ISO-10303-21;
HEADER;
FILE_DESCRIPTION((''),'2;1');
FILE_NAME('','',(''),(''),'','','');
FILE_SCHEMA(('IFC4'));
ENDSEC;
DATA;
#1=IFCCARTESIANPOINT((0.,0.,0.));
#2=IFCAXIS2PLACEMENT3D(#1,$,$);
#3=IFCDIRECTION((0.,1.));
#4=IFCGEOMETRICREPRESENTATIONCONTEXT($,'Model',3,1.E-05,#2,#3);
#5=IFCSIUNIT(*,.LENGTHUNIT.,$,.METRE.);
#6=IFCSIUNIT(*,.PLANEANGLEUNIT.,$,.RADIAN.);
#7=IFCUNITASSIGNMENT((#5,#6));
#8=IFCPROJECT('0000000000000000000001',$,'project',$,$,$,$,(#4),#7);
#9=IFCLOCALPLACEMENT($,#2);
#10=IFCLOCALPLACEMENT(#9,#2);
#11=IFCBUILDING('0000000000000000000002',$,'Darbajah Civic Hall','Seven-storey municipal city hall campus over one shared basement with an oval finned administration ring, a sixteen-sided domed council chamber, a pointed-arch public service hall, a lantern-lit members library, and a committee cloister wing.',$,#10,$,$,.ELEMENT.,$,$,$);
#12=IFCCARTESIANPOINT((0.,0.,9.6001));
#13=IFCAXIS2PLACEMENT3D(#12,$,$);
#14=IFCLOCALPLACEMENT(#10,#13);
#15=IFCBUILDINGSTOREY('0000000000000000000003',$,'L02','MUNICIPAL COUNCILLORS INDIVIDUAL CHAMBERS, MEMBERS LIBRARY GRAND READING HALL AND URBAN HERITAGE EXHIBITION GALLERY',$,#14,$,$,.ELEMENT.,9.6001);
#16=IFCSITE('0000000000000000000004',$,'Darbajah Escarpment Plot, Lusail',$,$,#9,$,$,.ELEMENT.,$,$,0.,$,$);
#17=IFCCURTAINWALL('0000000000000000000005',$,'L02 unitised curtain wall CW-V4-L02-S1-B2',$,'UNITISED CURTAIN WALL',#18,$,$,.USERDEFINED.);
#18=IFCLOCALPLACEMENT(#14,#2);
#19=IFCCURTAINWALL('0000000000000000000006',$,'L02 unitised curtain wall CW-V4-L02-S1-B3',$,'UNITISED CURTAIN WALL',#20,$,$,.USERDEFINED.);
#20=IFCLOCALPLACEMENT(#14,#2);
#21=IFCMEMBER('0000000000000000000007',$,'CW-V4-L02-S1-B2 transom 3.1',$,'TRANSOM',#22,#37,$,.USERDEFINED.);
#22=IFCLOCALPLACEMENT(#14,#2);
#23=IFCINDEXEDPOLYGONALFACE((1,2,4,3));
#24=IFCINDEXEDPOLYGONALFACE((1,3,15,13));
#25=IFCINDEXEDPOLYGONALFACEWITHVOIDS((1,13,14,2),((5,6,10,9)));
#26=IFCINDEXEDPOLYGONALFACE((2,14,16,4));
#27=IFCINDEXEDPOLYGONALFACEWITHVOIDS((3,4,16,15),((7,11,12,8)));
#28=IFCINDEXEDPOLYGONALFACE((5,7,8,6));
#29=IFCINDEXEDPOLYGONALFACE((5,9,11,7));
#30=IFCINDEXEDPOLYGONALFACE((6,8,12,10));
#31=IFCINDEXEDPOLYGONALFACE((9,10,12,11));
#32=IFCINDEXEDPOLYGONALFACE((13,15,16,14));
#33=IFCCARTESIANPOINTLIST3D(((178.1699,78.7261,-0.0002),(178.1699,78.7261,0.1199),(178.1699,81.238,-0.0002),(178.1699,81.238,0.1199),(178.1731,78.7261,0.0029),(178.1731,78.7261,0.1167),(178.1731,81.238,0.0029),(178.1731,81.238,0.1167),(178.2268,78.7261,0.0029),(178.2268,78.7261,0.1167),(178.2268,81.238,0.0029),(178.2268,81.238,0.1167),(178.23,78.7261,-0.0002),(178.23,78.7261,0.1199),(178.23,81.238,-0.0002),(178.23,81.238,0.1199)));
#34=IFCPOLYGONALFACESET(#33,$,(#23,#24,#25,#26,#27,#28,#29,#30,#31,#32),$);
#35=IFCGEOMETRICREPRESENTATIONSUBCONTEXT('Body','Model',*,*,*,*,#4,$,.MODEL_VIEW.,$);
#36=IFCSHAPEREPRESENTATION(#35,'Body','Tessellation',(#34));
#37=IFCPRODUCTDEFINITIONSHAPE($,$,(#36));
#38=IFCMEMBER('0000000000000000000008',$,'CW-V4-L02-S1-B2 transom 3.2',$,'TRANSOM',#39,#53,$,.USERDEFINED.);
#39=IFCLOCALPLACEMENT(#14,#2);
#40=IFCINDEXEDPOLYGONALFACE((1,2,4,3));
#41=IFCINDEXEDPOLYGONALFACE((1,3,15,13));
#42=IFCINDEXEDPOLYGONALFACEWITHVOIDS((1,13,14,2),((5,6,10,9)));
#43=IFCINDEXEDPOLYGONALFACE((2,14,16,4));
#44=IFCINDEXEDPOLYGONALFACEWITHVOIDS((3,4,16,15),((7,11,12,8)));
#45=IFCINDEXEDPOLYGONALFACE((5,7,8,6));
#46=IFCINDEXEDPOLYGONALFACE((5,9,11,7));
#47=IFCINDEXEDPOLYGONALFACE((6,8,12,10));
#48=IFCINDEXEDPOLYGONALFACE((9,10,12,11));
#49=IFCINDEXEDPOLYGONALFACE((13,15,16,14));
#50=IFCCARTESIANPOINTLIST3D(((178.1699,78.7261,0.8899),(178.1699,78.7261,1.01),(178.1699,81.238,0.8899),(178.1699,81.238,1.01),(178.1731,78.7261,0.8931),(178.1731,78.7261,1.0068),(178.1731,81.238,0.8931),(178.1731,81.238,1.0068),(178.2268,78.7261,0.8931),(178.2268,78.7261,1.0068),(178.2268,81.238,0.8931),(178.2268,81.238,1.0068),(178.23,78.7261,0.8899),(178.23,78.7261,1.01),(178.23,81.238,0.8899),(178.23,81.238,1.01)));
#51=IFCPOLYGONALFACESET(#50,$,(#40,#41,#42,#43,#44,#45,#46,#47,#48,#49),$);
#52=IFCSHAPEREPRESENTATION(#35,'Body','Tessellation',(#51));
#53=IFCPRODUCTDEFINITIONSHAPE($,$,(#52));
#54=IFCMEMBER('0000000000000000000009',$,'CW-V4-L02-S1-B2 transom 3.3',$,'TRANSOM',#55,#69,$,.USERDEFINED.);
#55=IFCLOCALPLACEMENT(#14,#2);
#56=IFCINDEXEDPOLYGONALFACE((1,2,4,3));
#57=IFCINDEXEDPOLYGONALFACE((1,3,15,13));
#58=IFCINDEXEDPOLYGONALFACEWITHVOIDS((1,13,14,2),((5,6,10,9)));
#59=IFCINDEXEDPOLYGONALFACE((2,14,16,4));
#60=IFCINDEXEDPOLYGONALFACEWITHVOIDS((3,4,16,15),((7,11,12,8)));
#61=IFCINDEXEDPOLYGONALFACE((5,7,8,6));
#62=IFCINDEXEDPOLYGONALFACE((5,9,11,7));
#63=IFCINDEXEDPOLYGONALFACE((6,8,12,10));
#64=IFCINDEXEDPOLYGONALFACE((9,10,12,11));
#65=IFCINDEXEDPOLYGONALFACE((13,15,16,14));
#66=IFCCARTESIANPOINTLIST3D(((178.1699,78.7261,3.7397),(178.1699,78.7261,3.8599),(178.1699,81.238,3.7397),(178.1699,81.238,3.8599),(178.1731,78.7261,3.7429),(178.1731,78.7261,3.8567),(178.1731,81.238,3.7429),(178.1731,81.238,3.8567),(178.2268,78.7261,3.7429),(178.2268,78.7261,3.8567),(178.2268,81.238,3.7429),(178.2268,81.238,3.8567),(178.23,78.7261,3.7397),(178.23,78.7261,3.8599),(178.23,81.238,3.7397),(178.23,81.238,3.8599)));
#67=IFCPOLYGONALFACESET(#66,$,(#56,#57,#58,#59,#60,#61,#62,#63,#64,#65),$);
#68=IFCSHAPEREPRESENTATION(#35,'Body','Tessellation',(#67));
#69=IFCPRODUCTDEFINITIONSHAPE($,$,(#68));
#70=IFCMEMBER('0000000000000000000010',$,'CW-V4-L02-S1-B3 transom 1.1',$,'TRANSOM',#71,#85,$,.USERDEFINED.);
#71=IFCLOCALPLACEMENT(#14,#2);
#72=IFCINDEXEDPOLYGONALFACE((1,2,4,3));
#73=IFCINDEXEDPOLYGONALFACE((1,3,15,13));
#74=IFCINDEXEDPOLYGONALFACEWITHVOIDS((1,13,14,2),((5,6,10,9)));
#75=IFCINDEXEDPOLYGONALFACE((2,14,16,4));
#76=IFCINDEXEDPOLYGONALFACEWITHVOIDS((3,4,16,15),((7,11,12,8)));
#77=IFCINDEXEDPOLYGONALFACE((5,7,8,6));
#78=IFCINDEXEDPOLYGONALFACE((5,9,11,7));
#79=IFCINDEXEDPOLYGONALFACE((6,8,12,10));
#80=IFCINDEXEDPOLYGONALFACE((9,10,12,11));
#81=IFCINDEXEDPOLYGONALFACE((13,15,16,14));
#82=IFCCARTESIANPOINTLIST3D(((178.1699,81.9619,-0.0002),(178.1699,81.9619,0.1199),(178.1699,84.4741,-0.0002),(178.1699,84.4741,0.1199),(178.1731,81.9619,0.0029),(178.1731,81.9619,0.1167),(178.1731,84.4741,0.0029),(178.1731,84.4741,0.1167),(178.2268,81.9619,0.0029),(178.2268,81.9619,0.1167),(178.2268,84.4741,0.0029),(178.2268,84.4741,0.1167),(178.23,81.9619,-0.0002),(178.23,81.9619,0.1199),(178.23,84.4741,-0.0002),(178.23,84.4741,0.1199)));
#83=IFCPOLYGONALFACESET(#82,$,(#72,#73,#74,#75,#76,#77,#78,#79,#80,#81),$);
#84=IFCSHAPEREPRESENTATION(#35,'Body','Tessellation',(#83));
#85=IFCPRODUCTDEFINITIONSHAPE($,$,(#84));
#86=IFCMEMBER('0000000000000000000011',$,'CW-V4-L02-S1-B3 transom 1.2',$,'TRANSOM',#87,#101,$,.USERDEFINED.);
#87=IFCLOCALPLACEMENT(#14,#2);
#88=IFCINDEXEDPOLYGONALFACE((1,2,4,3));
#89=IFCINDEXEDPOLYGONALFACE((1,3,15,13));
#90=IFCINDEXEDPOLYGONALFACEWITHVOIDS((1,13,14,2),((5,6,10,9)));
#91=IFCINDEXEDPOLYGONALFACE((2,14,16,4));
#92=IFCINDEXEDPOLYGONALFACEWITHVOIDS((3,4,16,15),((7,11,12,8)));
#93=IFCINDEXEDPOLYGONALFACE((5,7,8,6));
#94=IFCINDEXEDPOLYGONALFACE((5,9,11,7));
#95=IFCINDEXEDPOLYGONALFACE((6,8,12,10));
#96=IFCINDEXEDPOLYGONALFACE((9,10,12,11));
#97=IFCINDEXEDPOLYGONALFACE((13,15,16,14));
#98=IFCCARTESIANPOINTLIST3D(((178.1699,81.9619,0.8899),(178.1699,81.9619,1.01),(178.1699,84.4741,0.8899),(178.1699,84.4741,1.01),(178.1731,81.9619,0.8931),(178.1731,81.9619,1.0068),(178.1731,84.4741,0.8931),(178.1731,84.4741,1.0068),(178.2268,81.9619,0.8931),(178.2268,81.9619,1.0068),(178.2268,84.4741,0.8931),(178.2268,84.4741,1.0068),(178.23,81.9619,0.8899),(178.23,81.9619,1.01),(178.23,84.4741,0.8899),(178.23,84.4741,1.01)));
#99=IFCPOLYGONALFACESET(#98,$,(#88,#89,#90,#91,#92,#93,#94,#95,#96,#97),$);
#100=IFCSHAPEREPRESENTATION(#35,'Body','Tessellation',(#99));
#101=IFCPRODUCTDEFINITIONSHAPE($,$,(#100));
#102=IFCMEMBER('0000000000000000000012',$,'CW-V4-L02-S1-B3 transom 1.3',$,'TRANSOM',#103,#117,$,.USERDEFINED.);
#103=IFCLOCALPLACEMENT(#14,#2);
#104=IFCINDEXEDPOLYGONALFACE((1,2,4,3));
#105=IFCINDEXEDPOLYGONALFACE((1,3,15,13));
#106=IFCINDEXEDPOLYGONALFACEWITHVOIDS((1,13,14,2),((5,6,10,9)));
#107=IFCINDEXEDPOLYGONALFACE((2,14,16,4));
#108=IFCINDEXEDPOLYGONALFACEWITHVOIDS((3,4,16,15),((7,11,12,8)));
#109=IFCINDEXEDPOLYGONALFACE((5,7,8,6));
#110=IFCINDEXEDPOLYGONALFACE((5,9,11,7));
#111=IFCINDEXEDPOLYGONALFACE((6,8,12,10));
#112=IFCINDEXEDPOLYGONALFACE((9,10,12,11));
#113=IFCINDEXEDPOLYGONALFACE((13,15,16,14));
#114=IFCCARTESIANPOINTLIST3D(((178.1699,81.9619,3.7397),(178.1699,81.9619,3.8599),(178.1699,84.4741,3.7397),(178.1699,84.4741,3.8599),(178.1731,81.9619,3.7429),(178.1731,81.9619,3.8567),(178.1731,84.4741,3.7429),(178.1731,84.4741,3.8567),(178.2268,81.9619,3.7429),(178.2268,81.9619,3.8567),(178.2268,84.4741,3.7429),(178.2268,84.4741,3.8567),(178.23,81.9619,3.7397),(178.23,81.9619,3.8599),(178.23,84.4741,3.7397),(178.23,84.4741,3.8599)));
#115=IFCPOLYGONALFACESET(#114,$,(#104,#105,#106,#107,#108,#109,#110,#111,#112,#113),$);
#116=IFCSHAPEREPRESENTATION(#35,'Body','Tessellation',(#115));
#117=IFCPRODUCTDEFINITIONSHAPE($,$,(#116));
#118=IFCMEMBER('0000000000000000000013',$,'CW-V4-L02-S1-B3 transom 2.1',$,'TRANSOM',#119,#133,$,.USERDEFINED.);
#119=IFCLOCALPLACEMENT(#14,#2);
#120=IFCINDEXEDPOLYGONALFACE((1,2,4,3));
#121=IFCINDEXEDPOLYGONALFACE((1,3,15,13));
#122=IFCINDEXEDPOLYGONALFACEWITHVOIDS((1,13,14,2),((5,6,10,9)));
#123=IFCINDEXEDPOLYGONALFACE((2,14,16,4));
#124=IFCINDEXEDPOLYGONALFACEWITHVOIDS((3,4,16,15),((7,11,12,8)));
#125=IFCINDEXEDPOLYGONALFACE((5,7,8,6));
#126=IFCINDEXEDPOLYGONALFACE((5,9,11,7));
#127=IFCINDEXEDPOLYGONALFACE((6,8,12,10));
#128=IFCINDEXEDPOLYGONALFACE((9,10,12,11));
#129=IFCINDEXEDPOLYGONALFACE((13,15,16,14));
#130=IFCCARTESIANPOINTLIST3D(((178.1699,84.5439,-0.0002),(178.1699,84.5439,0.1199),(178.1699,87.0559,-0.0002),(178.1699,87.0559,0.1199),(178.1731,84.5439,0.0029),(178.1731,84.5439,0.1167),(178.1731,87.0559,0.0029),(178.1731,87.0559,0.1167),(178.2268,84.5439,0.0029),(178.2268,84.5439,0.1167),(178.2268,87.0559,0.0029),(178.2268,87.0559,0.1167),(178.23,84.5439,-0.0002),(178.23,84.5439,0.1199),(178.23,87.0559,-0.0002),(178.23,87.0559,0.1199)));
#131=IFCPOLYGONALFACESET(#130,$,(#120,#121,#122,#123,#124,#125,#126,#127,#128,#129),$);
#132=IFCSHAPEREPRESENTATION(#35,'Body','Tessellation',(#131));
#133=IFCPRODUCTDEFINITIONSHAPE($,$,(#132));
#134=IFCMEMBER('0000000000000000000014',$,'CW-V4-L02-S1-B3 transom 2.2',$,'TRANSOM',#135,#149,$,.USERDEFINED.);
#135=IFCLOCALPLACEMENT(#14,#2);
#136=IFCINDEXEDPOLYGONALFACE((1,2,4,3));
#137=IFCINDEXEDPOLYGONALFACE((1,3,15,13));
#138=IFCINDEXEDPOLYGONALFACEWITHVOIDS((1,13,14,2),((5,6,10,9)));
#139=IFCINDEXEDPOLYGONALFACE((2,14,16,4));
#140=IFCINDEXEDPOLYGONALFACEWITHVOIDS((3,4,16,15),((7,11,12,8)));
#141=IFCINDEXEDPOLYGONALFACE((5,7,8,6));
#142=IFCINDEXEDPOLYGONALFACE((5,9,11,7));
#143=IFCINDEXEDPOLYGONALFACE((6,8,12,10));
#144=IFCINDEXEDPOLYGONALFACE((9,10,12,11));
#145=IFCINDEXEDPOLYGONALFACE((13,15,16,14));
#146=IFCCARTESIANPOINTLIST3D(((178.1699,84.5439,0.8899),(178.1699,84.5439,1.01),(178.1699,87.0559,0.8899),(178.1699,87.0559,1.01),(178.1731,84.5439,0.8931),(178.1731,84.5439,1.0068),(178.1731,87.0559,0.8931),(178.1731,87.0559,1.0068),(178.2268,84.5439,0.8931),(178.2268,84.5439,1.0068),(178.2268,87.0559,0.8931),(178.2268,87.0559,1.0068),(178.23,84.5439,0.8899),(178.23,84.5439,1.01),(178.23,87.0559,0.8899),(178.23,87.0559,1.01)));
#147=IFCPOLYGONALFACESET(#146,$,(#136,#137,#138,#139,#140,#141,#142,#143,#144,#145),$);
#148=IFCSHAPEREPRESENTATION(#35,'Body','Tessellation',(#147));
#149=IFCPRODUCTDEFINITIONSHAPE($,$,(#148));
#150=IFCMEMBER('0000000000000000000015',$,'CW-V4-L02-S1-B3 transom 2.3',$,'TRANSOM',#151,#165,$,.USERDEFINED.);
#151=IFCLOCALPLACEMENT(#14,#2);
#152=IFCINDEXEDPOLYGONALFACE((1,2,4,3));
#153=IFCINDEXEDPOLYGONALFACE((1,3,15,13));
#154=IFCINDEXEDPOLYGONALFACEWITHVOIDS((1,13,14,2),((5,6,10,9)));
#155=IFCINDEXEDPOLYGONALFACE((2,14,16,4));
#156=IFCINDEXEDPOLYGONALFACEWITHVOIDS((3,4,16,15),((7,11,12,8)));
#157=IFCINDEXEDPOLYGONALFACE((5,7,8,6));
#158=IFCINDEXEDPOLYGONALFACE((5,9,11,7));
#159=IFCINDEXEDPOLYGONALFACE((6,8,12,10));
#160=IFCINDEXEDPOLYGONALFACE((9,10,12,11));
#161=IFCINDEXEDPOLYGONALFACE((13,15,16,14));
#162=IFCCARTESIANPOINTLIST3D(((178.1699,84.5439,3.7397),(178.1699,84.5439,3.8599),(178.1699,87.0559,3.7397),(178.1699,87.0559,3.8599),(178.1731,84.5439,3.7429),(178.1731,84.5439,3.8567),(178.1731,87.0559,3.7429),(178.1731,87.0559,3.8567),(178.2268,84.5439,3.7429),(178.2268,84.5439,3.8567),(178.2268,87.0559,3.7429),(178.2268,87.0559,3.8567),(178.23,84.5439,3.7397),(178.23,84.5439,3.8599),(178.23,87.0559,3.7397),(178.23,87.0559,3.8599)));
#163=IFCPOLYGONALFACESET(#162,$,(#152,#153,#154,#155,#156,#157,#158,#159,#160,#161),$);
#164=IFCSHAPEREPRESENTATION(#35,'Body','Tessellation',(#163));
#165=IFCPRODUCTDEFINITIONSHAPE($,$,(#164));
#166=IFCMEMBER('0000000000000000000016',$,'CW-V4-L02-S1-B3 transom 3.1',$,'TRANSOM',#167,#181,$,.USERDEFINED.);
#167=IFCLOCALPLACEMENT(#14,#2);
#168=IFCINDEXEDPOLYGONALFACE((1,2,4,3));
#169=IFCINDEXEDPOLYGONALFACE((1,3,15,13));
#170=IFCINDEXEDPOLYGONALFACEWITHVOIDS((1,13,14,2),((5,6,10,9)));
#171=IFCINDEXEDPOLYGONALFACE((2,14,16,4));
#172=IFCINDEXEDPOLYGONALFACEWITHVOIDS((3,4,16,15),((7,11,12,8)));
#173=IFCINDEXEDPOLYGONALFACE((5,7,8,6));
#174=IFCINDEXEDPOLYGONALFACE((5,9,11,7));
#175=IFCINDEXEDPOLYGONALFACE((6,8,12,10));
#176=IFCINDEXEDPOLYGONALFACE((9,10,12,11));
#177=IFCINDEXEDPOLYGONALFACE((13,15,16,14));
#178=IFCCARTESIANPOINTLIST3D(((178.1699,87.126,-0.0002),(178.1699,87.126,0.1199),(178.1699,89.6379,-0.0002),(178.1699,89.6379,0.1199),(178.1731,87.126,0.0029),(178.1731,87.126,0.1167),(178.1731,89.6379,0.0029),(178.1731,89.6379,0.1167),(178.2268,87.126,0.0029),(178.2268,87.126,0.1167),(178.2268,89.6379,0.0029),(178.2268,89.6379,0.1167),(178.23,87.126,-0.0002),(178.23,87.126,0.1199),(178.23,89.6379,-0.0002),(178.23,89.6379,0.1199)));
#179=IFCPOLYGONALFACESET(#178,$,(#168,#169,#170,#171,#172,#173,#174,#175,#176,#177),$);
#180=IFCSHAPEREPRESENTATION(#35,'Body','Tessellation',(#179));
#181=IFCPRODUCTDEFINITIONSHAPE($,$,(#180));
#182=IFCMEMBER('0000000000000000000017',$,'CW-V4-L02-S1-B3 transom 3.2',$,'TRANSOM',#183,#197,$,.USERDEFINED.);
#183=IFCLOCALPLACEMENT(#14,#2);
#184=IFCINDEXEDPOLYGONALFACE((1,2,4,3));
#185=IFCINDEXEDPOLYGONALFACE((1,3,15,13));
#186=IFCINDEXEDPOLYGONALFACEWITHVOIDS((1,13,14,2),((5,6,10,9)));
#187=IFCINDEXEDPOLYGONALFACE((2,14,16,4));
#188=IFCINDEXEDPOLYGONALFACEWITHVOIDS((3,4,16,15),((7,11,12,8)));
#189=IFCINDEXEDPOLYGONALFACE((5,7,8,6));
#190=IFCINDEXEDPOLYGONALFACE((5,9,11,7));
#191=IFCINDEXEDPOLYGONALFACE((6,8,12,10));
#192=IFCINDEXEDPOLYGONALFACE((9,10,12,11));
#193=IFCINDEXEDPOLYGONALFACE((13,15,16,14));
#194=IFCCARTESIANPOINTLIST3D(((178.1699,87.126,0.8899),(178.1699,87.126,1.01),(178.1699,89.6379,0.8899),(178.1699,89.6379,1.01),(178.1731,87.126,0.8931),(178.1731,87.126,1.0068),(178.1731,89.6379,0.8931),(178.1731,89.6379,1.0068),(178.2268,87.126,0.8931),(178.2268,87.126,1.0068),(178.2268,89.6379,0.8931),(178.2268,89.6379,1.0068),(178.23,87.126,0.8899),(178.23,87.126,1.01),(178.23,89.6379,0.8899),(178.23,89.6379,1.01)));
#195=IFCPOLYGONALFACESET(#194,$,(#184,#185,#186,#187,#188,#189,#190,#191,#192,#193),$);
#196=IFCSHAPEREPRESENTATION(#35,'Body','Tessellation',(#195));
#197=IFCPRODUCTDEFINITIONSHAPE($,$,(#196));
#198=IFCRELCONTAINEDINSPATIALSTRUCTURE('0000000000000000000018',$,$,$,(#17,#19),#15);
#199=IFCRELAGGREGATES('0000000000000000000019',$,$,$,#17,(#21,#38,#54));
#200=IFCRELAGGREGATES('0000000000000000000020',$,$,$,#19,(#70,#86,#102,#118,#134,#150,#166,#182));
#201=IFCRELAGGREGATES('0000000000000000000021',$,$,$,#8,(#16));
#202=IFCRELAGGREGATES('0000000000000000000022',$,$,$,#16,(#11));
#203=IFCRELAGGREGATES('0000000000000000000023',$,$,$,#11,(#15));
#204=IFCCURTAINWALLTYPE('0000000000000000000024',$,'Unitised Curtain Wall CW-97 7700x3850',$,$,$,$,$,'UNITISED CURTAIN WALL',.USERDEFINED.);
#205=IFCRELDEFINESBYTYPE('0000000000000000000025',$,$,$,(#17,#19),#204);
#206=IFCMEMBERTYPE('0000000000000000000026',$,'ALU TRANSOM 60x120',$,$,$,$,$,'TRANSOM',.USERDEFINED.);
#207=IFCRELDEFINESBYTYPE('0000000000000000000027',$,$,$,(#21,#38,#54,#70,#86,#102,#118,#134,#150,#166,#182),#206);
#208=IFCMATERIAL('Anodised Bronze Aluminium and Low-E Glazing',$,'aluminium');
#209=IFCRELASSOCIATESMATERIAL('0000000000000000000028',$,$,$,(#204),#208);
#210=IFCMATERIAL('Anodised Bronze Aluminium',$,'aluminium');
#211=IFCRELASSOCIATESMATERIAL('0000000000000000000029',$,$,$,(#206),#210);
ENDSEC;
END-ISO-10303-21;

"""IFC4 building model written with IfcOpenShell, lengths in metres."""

from ifc_helpers import new_model, si_unit, direction, frame, origin, origin_2d, place, context, subcontext, project, spatial, hollow_rectangle, extrude, material, material_profile, profile_set, type_object, element, aggregate, save


model = new_model("IFC4")

# Units and contexts
model_context = context("Model", 3, precision=1e-05, world=origin(), true_north=direction((0.0, 1.0)))
body_context = subcontext(model_context, "Body", "Model", "MODEL_VIEW")
ifc_project = project(units=[si_unit("LENGTHUNIT", "METRE"), si_unit("PLANEANGLEUNIT", "RADIAN")], contexts=[model_context])

# Site, building, storey
site_placement = place(None, origin())
site = spatial("IfcSite", under=ifc_project, at=site_placement, Name="Darbajah Escarpment Plot, Lusail", CompositionType="ELEMENT", RefElevation=0.0)
building_placement = place(site_placement, origin())
building = spatial("IfcBuilding", under=site, at=building_placement, Name="Darbajah Civic Hall", Description="Seven-storey municipal city hall campus over one shared basement with an oval finned administration ring, a sixteen-sided domed council chamber, a pointed-arch public service hall, a lantern-lit members library, and a committee cloister wing.", CompositionType="ELEMENT")
storey_placement = place(building_placement, frame((0.0, 0.0, 9.6001)))
storey = spatial("IfcBuildingStorey", under=building, at=storey_placement, Name="L02", Description="MUNICIPAL COUNCILLORS INDIVIDUAL CHAMBERS, MEMBERS LIBRARY GRAND READING HALL AND URBAN HERITAGE EXHIBITION GALLERY", CompositionType="ELEMENT", Elevation=9.6001)

# Curtain walls
ifc_material_1 = material(Name="Anodised Bronze Aluminium and Low-E Glazing", Category="aluminium")
curtain_wall_type = type_object("IfcCurtainWallType", Name="Unitised Curtain Wall CW-97 7700x3850", ElementType="UNITISED CURTAIN WALL", PredefinedType="USERDEFINED", material=ifc_material_1)
curtain_wall_1_placement = place(storey_placement, origin())
curtain_wall_1 = element("IfcCurtainWall", 1, at=curtain_wall_1_placement, inside=storey, type_object=curtain_wall_type, Name="L02 unitised curtain wall CW-V4-L02-S1-B2", ObjectType="UNITISED CURTAIN WALL", PredefinedType="USERDEFINED")
ifc_material_2 = material(Name="Anodised Bronze Aluminium", Category="aluminium")
curtain_wall_2_placement = place(storey_placement, origin())
curtain_wall_2 = element("IfcCurtainWall", 2, at=curtain_wall_2_placement, inside=storey, type_object=curtain_wall_type, Name="L02 unitised curtain wall CW-V4-L02-S1-B3", ObjectType="UNITISED CURTAIN WALL", PredefinedType="USERDEFINED")

# Members
ifc_material_profile_1 = material_profile(ifc_material_2, hollow_rectangle(XDim=0.0601, YDim=0.1201, WallThickness=0.0032, at=origin_2d()), Name="ALU TRANSOM 60x120")
ifc_profile_set_1 = profile_set([ifc_material_profile_1], Name="Anodised Bronze Aluminium")
member_type_1 = type_object("IfcMemberType", Name="ALU TRANSOM 60x120", ElementType="TRANSOM", PredefinedType="USERDEFINED", material=ifc_profile_set_1)
member_1_placement = place(storey_placement, frame((178.2, 78.7261, 0.0598), z_axis=(0.0, 1.0, 0.0), x_axis=(-1.0, 0.0, 0.0)))
member_1 = element("IfcMember", 3, at=member_1_placement, type_object=member_type_1, Name="CW-V4-L02-S1-B2 transom 3.1", ObjectType="TRANSOM", PredefinedType="USERDEFINED", context=body_context, shape_type="SweptSolid", body=[
    extrude(hollow_rectangle(XDim=0.0601, YDim=0.1201, WallThickness=0.0032, at=origin_2d()), origin(), (0.0, 0.0, 1.0), 2.512),
])
member_2_placement = place(storey_placement, frame((178.2, 78.7261, 0.95), z_axis=(0.0, 1.0, 0.0), x_axis=(-1.0, 0.0, 0.0)))
member_2 = element("IfcMember", 4, at=member_2_placement, type_object=member_type_1, Name="CW-V4-L02-S1-B2 transom 3.2", ObjectType="TRANSOM", PredefinedType="USERDEFINED", context=body_context, shape_type="SweptSolid", body=[
    extrude(hollow_rectangle(XDim=0.0601, YDim=0.1201, WallThickness=0.0032, at=origin_2d()), origin(), (0.0, 0.0, 1.0), 2.512),
])
member_3_placement = place(storey_placement, frame((178.2, 78.7261, 3.7998), z_axis=(0.0, 1.0, 0.0), x_axis=(-1.0, 0.0, 0.0)))
member_3 = element("IfcMember", 5, at=member_3_placement, type_object=member_type_1, Name="CW-V4-L02-S1-B2 transom 3.3", ObjectType="TRANSOM", PredefinedType="USERDEFINED", context=body_context, shape_type="SweptSolid", body=[
    extrude(hollow_rectangle(XDim=0.0601, YDim=0.1201, WallThickness=0.0032, at=origin_2d()), origin(), (0.0, 0.0, 1.0), 2.512),
])
member_4_placement = place(storey_placement, frame((178.2, 81.9619, 0.0598), z_axis=(0.0, 1.0, 0.0), x_axis=(-1.0, 0.0, 0.0)))
member_4 = element("IfcMember", 6, at=member_4_placement, type_object=member_type_1, Name="CW-V4-L02-S1-B3 transom 1.1", ObjectType="TRANSOM", PredefinedType="USERDEFINED", context=body_context, shape_type="SweptSolid", body=[
    extrude(hollow_rectangle(XDim=0.0601, YDim=0.1201, WallThickness=0.0032, at=origin_2d()), origin(), (0.0, 0.0, 1.0), 2.5122),
])
member_5_placement = place(storey_placement, frame((178.2, 81.9619, 0.95), z_axis=(0.0, 1.0, 0.0), x_axis=(-1.0, 0.0, 0.0)))
member_5 = element("IfcMember", 7, at=member_5_placement, type_object=member_type_1, Name="CW-V4-L02-S1-B3 transom 1.2", ObjectType="TRANSOM", PredefinedType="USERDEFINED", context=body_context, shape_type="SweptSolid", body=[
    extrude(hollow_rectangle(XDim=0.0601, YDim=0.1201, WallThickness=0.0032, at=origin_2d()), origin(), (0.0, 0.0, 1.0), 2.5122),
])
member_6_placement = place(storey_placement, frame((178.2, 81.9619, 3.7998), z_axis=(0.0, 1.0, 0.0), x_axis=(-1.0, 0.0, 0.0)))
member_6 = element("IfcMember", 8, at=member_6_placement, type_object=member_type_1, Name="CW-V4-L02-S1-B3 transom 1.3", ObjectType="TRANSOM", PredefinedType="USERDEFINED", context=body_context, shape_type="SweptSolid", body=[
    extrude(hollow_rectangle(XDim=0.0601, YDim=0.1201, WallThickness=0.0032, at=origin_2d()), origin(), (0.0, 0.0, 1.0), 2.5122),
])
member_7_placement = place(storey_placement, frame((178.2, 84.5439, 0.0598), z_axis=(0.0, 1.0, 0.0), x_axis=(-1.0, 0.0, 0.0)))
member_7 = element("IfcMember", 9, at=member_7_placement, type_object=member_type_1, Name="CW-V4-L02-S1-B3 transom 2.1", ObjectType="TRANSOM", PredefinedType="USERDEFINED", context=body_context, shape_type="SweptSolid", body=[
    extrude(hollow_rectangle(XDim=0.0601, YDim=0.1201, WallThickness=0.0032, at=origin_2d()), origin(), (0.0, 0.0, 1.0), 2.512),
])
member_8_placement = place(storey_placement, frame((178.2, 84.5439, 0.95), z_axis=(0.0, 1.0, 0.0), x_axis=(-1.0, 0.0, 0.0)))
member_8 = element("IfcMember", 10, at=member_8_placement, type_object=member_type_1, Name="CW-V4-L02-S1-B3 transom 2.2", ObjectType="TRANSOM", PredefinedType="USERDEFINED", context=body_context, shape_type="SweptSolid", body=[
    extrude(hollow_rectangle(XDim=0.0601, YDim=0.1201, WallThickness=0.0032, at=origin_2d()), origin(), (0.0, 0.0, 1.0), 2.512),
])
member_9_placement = place(storey_placement, frame((178.2, 84.5439, 3.7998), z_axis=(0.0, 1.0, 0.0), x_axis=(-1.0, 0.0, 0.0)))
member_9 = element("IfcMember", 11, at=member_9_placement, type_object=member_type_1, Name="CW-V4-L02-S1-B3 transom 2.3", ObjectType="TRANSOM", PredefinedType="USERDEFINED", context=body_context, shape_type="SweptSolid", body=[
    extrude(hollow_rectangle(XDim=0.0601, YDim=0.1201, WallThickness=0.0032, at=origin_2d()), origin(), (0.0, 0.0, 1.0), 2.512),
])
member_10_placement = place(storey_placement, frame((178.2, 87.126, 0.0598), z_axis=(0.0, 1.0, 0.0), x_axis=(-1.0, 0.0, 0.0)))
member_10 = element("IfcMember", 12, at=member_10_placement, type_object=member_type_1, Name="CW-V4-L02-S1-B3 transom 3.1", ObjectType="TRANSOM", PredefinedType="USERDEFINED", context=body_context, shape_type="SweptSolid", body=[
    extrude(hollow_rectangle(XDim=0.0601, YDim=0.1201, WallThickness=0.0032, at=origin_2d()), origin(), (0.0, 0.0, 1.0), 2.512),
])
member_11_placement = place(storey_placement, frame((178.2, 87.126, 0.95), z_axis=(0.0, 1.0, 0.0), x_axis=(-1.0, 0.0, 0.0)))
member_11 = element("IfcMember", 13, at=member_11_placement, type_object=member_type_1, Name="CW-V4-L02-S1-B3 transom 3.2", ObjectType="TRANSOM", PredefinedType="USERDEFINED", context=body_context, shape_type="SweptSolid", body=[
    extrude(hollow_rectangle(XDim=0.0601, YDim=0.1201, WallThickness=0.0032, at=origin_2d()), origin(), (0.0, 0.0, 1.0), 2.512),
])

aggregate(curtain_wall_1, [member_1, member_2, member_3])
aggregate(curtain_wall_2, [member_4, member_5, member_6, member_7, member_8, member_9, member_10, member_11])

save(model, "model.ifc")
